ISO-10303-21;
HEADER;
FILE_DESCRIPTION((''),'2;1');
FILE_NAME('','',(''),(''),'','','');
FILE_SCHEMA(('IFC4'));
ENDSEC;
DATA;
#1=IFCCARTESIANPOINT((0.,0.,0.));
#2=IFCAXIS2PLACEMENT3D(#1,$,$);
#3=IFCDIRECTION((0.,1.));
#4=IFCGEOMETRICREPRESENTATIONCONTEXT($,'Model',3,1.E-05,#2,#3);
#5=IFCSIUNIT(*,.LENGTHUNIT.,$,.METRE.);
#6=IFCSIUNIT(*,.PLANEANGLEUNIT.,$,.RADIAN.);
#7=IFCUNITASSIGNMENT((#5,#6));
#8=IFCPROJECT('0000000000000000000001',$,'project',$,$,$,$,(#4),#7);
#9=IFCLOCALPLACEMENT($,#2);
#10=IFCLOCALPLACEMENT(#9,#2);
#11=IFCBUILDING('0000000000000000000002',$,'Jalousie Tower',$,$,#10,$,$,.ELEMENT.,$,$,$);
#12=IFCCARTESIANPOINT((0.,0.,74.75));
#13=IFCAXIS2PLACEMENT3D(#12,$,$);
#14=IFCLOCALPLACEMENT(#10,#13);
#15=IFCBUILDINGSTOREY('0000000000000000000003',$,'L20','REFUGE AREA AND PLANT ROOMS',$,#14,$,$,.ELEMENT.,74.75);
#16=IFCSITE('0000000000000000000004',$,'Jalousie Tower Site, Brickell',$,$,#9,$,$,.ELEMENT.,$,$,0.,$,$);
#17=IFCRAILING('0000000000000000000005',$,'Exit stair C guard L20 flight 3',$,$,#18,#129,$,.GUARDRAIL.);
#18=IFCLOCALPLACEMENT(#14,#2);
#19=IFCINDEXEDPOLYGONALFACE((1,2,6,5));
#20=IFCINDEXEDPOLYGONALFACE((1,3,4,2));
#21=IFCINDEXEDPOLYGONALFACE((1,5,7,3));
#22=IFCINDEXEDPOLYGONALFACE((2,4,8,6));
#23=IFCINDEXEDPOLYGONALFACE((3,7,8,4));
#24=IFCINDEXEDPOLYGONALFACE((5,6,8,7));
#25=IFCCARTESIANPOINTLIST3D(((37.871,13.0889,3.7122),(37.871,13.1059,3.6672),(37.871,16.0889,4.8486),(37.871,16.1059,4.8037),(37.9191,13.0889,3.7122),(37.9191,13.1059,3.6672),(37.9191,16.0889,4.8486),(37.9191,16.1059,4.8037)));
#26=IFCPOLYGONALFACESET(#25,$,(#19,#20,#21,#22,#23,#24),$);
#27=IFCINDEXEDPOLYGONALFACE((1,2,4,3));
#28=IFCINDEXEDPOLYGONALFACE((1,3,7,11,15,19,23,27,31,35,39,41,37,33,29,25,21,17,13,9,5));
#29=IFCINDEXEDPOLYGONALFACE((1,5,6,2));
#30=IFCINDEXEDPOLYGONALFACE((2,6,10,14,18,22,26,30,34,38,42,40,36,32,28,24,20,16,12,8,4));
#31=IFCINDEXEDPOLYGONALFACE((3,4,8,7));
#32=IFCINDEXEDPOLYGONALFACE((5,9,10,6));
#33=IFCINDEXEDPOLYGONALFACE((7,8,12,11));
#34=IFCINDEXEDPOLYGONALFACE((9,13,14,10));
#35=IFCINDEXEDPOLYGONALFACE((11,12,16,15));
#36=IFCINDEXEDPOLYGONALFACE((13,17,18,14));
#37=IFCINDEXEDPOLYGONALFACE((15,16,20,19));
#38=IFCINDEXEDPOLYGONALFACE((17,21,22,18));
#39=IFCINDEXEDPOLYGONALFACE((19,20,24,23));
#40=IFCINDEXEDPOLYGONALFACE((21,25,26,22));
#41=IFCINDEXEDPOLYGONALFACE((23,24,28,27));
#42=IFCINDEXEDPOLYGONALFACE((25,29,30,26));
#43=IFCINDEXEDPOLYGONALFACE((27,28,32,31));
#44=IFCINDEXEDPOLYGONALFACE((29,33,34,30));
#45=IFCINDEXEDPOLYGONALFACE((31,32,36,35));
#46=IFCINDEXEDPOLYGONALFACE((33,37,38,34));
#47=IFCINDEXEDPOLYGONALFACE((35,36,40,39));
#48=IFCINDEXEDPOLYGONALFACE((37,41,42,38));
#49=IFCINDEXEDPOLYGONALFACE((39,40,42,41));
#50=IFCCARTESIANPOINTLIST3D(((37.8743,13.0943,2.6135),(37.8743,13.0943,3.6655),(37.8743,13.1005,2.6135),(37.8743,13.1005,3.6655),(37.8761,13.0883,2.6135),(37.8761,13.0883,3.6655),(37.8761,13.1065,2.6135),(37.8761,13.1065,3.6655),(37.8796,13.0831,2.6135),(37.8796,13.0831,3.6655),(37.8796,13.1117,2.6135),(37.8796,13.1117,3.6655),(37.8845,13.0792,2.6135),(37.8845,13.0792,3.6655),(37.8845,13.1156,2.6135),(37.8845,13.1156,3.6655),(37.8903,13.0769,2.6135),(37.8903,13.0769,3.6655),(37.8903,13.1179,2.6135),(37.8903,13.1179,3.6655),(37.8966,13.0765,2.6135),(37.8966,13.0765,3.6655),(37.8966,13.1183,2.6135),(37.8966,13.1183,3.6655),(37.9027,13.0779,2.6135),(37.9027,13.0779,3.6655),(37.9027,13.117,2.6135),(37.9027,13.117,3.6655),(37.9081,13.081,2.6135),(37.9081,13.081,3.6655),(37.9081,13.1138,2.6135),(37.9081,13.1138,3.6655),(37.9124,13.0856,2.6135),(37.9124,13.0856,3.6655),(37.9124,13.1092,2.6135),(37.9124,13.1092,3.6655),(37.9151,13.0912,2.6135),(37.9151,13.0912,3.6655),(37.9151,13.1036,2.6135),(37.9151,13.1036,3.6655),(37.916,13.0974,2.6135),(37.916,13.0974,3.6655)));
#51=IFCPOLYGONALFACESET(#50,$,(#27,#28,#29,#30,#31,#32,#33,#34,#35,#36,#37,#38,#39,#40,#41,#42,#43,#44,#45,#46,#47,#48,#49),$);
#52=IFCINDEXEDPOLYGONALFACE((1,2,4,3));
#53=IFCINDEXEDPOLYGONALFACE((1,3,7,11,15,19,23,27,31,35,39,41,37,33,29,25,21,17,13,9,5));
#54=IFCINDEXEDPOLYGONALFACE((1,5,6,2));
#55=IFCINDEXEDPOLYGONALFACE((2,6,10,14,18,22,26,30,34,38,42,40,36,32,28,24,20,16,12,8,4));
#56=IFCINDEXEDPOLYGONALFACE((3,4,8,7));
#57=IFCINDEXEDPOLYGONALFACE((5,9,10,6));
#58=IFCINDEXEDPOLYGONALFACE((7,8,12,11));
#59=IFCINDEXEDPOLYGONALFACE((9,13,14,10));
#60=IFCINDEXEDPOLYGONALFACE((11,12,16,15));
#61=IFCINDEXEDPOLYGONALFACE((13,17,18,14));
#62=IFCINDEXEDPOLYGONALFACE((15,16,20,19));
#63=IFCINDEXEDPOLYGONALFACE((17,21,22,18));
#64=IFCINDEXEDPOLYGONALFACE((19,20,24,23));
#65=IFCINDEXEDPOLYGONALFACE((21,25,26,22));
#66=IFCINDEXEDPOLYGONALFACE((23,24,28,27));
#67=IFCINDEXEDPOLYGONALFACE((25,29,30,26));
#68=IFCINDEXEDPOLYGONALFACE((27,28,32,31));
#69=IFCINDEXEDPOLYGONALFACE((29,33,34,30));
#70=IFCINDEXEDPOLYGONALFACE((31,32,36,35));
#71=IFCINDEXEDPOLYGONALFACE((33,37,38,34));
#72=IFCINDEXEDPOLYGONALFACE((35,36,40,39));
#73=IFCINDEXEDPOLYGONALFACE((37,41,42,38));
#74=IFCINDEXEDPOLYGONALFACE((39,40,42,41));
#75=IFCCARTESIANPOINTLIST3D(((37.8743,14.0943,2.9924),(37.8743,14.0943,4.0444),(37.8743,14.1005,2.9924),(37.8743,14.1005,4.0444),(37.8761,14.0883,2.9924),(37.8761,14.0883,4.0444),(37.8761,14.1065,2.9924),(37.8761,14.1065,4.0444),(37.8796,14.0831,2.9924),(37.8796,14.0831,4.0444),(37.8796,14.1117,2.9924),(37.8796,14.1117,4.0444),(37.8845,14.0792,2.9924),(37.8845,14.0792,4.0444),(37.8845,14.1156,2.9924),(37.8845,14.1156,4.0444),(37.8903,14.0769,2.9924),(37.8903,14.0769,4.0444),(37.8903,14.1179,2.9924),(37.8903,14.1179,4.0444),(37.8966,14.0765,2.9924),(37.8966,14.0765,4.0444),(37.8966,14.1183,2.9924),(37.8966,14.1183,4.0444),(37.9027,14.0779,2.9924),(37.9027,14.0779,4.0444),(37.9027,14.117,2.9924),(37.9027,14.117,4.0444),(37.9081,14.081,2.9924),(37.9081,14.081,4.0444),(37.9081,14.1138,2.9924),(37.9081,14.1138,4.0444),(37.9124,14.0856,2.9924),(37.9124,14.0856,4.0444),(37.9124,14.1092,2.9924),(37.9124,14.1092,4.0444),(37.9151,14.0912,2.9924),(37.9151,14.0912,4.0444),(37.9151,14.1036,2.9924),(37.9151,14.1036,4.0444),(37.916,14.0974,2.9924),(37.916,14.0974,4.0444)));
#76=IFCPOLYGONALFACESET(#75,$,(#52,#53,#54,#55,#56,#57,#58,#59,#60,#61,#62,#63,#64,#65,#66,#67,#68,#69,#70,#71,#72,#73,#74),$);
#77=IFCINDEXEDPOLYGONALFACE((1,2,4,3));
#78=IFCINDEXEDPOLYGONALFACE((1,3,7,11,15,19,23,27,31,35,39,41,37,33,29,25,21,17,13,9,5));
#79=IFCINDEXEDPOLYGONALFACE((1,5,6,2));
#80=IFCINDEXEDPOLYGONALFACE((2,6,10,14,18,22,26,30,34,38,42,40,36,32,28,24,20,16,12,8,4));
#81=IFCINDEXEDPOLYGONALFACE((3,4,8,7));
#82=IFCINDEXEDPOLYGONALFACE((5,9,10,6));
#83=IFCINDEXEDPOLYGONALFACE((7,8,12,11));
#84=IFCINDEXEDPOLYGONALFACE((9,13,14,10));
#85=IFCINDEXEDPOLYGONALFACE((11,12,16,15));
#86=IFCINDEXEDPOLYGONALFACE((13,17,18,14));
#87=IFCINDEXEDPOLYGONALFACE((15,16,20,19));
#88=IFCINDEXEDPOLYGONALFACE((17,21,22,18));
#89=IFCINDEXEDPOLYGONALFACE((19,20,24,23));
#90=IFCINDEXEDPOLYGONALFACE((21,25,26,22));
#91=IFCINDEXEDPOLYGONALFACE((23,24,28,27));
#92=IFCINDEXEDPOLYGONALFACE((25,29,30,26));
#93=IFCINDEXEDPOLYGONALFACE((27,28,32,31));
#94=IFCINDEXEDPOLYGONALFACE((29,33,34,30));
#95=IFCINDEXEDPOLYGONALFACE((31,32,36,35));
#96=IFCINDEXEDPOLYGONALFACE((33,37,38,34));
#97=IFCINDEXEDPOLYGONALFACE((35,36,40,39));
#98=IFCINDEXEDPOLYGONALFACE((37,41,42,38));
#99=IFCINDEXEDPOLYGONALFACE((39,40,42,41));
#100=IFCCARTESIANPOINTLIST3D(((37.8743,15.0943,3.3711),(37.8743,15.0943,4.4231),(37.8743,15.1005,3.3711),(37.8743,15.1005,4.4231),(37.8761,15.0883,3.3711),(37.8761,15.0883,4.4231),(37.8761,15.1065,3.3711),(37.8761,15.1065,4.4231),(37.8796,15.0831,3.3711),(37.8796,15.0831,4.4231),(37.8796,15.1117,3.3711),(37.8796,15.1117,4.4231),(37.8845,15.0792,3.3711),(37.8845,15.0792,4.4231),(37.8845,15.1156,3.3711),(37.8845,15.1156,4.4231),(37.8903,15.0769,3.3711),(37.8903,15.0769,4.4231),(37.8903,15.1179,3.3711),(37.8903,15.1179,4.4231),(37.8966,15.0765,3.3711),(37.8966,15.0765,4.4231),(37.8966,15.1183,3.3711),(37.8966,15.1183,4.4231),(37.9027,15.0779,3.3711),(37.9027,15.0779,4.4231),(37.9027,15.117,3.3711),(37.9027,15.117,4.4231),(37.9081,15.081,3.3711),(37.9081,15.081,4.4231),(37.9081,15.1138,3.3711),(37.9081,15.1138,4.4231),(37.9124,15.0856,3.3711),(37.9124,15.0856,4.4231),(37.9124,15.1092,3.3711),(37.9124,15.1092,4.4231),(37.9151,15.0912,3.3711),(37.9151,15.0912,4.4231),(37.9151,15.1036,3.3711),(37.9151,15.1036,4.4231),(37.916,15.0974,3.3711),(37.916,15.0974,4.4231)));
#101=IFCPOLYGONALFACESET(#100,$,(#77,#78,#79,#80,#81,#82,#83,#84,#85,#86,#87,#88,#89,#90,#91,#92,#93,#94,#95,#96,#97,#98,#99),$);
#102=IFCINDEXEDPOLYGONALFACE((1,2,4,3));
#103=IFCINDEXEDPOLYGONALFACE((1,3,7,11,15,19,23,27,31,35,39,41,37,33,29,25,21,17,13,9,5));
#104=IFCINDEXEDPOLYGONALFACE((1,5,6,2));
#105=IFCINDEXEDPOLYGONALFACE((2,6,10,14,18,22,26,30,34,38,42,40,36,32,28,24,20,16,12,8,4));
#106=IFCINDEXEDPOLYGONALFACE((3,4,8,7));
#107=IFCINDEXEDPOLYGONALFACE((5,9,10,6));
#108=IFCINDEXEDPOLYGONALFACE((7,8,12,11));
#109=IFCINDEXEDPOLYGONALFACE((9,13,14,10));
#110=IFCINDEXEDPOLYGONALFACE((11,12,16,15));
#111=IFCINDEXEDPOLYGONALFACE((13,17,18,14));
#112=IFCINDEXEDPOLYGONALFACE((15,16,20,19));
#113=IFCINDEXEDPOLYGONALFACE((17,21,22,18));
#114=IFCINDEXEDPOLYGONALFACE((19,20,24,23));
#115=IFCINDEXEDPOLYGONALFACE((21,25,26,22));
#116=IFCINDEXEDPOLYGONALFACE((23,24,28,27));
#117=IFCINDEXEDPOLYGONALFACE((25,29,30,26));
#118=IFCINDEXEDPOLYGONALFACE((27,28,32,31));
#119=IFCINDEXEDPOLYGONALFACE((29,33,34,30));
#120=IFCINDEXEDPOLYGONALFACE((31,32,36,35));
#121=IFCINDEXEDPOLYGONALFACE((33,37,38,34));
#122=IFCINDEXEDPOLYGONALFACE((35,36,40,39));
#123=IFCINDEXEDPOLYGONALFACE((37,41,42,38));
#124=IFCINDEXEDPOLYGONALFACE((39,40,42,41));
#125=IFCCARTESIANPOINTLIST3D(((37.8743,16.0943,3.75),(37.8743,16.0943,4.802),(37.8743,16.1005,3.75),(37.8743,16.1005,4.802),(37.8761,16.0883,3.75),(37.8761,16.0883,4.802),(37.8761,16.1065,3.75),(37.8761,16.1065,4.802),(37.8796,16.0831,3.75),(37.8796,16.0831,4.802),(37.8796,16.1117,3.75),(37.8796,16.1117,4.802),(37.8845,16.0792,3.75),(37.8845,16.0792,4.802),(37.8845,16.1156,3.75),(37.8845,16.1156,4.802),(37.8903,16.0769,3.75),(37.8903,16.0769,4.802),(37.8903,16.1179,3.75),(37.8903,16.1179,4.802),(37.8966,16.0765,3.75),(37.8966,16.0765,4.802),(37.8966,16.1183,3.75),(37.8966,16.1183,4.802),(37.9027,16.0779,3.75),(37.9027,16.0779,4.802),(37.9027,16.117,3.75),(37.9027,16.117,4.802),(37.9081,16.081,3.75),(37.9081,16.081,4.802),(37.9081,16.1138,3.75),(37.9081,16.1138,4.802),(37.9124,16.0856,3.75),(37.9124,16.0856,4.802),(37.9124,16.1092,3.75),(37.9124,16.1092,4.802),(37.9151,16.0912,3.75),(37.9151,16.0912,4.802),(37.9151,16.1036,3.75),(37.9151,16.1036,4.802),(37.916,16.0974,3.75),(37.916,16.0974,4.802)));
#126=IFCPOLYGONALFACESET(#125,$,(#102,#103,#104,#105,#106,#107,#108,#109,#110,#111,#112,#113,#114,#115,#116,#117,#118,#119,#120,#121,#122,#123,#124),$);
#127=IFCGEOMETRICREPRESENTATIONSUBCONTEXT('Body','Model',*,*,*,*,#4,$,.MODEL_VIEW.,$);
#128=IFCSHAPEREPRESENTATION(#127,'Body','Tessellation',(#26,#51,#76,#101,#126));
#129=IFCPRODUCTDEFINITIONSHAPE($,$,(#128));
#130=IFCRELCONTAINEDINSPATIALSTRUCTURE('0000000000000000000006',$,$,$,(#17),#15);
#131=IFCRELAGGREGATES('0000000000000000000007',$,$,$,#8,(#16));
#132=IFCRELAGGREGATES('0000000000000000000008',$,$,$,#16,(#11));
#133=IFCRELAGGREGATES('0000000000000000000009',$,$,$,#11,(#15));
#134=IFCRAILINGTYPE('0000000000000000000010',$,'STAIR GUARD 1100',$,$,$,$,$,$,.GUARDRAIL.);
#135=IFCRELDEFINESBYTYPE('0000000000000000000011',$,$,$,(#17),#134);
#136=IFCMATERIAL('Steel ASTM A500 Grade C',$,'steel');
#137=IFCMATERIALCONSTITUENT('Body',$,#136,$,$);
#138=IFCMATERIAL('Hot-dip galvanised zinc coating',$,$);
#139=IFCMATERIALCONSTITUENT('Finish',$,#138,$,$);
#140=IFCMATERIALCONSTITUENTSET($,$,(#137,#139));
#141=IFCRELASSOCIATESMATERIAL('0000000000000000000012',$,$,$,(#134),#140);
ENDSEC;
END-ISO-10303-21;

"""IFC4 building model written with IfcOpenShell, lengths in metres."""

from ifc_helpers import new_model, si_unit, direction, frame, origin, origin_2d, place, context, subcontext, project, spatial, rectangle, circle, extrude, material, constituent, constituent_set, type_object, element, save


model = new_model("IFC4")

# Units and contexts
model_context = context("Model", 3, precision=1e-05, world=origin(), true_north=direction((0.0, 1.0)))
body_context = subcontext(model_context, "Body", "Model", "MODEL_VIEW")
ifc_project = project(units=[si_unit("LENGTHUNIT", "METRE"), si_unit("PLANEANGLEUNIT", "RADIAN")], contexts=[model_context])

# Site, building, storey
site_placement = place(None, origin())
site = spatial("IfcSite", under=ifc_project, at=site_placement, Name="Jalousie Tower Site, Brickell", CompositionType="ELEMENT", RefElevation=0.0)
building_placement = place(site_placement, origin())
building = spatial("IfcBuilding", under=site, at=building_placement, Name="Jalousie Tower", CompositionType="ELEMENT")
storey_placement = place(building_placement, frame((0.0, 0.0, 74.75)))
storey = spatial("IfcBuildingStorey", under=building, at=storey_placement, Name="L20", Description="REFUGE AREA AND PLANT ROOMS", CompositionType="ELEMENT", Elevation=74.75)

# Railing
ifc_material_1 = material(Name="Steel ASTM A500 Grade C", Category="steel")
ifc_constituent_1 = constituent(ifc_material_1, Name="Body")
ifc_material_2 = material(Name="Hot-dip galvanised zinc coating")
ifc_constituent_2 = constituent(ifc_material_2, Name="Finish")
ifc_constituent_set_1 = constituent_set(constituents=[ifc_constituent_1, ifc_constituent_2])
railing_type_1 = type_object("IfcRailingType", Name="STAIR GUARD 1100", PredefinedType="GUARDRAIL", material=ifc_constituent_set_1)
for number, where, name in (
    (1, (37.895, 13.0974, 2.6135), "Exit stair C guard L20 flight 3"),
):
    element("IfcRailing", number, at=place(storey_placement, frame(where)), inside=storey, type_object=railing_type_1, Name=name, PredefinedType="GUARDRAIL", context=body_context, shape_type="SweptSolid", body=[
        extrude(rectangle(XDim=0.0481, YDim=0.0481, at=origin_2d()), frame((0.0, 0.0, 1.0762), z_axis=(0.0, 0.935148, 0.354257), x_axis=(-1.0, 0.0, 0.0)), (0.0, 0.0, 1.0), 3.208),
        extrude(circle(Radius=0.021, at=origin_2d()), origin(), (0.0, 0.0, 1.0), 1.052),
        extrude(circle(Radius=0.021, at=origin_2d()), frame((0.0, 1.0, 0.3789)), (0.0, 0.0, 1.0), 1.052),
        extrude(circle(Radius=0.021, at=origin_2d()), frame((0.0, 2.0, 0.7576)), (0.0, 0.0, 1.0), 1.052),
        extrude(circle(Radius=0.021, at=origin_2d()), frame((0.0, 3.0, 1.1365)), (0.0, 0.0, 1.0), 1.052),
    ])

save(model, "model.ifc")
